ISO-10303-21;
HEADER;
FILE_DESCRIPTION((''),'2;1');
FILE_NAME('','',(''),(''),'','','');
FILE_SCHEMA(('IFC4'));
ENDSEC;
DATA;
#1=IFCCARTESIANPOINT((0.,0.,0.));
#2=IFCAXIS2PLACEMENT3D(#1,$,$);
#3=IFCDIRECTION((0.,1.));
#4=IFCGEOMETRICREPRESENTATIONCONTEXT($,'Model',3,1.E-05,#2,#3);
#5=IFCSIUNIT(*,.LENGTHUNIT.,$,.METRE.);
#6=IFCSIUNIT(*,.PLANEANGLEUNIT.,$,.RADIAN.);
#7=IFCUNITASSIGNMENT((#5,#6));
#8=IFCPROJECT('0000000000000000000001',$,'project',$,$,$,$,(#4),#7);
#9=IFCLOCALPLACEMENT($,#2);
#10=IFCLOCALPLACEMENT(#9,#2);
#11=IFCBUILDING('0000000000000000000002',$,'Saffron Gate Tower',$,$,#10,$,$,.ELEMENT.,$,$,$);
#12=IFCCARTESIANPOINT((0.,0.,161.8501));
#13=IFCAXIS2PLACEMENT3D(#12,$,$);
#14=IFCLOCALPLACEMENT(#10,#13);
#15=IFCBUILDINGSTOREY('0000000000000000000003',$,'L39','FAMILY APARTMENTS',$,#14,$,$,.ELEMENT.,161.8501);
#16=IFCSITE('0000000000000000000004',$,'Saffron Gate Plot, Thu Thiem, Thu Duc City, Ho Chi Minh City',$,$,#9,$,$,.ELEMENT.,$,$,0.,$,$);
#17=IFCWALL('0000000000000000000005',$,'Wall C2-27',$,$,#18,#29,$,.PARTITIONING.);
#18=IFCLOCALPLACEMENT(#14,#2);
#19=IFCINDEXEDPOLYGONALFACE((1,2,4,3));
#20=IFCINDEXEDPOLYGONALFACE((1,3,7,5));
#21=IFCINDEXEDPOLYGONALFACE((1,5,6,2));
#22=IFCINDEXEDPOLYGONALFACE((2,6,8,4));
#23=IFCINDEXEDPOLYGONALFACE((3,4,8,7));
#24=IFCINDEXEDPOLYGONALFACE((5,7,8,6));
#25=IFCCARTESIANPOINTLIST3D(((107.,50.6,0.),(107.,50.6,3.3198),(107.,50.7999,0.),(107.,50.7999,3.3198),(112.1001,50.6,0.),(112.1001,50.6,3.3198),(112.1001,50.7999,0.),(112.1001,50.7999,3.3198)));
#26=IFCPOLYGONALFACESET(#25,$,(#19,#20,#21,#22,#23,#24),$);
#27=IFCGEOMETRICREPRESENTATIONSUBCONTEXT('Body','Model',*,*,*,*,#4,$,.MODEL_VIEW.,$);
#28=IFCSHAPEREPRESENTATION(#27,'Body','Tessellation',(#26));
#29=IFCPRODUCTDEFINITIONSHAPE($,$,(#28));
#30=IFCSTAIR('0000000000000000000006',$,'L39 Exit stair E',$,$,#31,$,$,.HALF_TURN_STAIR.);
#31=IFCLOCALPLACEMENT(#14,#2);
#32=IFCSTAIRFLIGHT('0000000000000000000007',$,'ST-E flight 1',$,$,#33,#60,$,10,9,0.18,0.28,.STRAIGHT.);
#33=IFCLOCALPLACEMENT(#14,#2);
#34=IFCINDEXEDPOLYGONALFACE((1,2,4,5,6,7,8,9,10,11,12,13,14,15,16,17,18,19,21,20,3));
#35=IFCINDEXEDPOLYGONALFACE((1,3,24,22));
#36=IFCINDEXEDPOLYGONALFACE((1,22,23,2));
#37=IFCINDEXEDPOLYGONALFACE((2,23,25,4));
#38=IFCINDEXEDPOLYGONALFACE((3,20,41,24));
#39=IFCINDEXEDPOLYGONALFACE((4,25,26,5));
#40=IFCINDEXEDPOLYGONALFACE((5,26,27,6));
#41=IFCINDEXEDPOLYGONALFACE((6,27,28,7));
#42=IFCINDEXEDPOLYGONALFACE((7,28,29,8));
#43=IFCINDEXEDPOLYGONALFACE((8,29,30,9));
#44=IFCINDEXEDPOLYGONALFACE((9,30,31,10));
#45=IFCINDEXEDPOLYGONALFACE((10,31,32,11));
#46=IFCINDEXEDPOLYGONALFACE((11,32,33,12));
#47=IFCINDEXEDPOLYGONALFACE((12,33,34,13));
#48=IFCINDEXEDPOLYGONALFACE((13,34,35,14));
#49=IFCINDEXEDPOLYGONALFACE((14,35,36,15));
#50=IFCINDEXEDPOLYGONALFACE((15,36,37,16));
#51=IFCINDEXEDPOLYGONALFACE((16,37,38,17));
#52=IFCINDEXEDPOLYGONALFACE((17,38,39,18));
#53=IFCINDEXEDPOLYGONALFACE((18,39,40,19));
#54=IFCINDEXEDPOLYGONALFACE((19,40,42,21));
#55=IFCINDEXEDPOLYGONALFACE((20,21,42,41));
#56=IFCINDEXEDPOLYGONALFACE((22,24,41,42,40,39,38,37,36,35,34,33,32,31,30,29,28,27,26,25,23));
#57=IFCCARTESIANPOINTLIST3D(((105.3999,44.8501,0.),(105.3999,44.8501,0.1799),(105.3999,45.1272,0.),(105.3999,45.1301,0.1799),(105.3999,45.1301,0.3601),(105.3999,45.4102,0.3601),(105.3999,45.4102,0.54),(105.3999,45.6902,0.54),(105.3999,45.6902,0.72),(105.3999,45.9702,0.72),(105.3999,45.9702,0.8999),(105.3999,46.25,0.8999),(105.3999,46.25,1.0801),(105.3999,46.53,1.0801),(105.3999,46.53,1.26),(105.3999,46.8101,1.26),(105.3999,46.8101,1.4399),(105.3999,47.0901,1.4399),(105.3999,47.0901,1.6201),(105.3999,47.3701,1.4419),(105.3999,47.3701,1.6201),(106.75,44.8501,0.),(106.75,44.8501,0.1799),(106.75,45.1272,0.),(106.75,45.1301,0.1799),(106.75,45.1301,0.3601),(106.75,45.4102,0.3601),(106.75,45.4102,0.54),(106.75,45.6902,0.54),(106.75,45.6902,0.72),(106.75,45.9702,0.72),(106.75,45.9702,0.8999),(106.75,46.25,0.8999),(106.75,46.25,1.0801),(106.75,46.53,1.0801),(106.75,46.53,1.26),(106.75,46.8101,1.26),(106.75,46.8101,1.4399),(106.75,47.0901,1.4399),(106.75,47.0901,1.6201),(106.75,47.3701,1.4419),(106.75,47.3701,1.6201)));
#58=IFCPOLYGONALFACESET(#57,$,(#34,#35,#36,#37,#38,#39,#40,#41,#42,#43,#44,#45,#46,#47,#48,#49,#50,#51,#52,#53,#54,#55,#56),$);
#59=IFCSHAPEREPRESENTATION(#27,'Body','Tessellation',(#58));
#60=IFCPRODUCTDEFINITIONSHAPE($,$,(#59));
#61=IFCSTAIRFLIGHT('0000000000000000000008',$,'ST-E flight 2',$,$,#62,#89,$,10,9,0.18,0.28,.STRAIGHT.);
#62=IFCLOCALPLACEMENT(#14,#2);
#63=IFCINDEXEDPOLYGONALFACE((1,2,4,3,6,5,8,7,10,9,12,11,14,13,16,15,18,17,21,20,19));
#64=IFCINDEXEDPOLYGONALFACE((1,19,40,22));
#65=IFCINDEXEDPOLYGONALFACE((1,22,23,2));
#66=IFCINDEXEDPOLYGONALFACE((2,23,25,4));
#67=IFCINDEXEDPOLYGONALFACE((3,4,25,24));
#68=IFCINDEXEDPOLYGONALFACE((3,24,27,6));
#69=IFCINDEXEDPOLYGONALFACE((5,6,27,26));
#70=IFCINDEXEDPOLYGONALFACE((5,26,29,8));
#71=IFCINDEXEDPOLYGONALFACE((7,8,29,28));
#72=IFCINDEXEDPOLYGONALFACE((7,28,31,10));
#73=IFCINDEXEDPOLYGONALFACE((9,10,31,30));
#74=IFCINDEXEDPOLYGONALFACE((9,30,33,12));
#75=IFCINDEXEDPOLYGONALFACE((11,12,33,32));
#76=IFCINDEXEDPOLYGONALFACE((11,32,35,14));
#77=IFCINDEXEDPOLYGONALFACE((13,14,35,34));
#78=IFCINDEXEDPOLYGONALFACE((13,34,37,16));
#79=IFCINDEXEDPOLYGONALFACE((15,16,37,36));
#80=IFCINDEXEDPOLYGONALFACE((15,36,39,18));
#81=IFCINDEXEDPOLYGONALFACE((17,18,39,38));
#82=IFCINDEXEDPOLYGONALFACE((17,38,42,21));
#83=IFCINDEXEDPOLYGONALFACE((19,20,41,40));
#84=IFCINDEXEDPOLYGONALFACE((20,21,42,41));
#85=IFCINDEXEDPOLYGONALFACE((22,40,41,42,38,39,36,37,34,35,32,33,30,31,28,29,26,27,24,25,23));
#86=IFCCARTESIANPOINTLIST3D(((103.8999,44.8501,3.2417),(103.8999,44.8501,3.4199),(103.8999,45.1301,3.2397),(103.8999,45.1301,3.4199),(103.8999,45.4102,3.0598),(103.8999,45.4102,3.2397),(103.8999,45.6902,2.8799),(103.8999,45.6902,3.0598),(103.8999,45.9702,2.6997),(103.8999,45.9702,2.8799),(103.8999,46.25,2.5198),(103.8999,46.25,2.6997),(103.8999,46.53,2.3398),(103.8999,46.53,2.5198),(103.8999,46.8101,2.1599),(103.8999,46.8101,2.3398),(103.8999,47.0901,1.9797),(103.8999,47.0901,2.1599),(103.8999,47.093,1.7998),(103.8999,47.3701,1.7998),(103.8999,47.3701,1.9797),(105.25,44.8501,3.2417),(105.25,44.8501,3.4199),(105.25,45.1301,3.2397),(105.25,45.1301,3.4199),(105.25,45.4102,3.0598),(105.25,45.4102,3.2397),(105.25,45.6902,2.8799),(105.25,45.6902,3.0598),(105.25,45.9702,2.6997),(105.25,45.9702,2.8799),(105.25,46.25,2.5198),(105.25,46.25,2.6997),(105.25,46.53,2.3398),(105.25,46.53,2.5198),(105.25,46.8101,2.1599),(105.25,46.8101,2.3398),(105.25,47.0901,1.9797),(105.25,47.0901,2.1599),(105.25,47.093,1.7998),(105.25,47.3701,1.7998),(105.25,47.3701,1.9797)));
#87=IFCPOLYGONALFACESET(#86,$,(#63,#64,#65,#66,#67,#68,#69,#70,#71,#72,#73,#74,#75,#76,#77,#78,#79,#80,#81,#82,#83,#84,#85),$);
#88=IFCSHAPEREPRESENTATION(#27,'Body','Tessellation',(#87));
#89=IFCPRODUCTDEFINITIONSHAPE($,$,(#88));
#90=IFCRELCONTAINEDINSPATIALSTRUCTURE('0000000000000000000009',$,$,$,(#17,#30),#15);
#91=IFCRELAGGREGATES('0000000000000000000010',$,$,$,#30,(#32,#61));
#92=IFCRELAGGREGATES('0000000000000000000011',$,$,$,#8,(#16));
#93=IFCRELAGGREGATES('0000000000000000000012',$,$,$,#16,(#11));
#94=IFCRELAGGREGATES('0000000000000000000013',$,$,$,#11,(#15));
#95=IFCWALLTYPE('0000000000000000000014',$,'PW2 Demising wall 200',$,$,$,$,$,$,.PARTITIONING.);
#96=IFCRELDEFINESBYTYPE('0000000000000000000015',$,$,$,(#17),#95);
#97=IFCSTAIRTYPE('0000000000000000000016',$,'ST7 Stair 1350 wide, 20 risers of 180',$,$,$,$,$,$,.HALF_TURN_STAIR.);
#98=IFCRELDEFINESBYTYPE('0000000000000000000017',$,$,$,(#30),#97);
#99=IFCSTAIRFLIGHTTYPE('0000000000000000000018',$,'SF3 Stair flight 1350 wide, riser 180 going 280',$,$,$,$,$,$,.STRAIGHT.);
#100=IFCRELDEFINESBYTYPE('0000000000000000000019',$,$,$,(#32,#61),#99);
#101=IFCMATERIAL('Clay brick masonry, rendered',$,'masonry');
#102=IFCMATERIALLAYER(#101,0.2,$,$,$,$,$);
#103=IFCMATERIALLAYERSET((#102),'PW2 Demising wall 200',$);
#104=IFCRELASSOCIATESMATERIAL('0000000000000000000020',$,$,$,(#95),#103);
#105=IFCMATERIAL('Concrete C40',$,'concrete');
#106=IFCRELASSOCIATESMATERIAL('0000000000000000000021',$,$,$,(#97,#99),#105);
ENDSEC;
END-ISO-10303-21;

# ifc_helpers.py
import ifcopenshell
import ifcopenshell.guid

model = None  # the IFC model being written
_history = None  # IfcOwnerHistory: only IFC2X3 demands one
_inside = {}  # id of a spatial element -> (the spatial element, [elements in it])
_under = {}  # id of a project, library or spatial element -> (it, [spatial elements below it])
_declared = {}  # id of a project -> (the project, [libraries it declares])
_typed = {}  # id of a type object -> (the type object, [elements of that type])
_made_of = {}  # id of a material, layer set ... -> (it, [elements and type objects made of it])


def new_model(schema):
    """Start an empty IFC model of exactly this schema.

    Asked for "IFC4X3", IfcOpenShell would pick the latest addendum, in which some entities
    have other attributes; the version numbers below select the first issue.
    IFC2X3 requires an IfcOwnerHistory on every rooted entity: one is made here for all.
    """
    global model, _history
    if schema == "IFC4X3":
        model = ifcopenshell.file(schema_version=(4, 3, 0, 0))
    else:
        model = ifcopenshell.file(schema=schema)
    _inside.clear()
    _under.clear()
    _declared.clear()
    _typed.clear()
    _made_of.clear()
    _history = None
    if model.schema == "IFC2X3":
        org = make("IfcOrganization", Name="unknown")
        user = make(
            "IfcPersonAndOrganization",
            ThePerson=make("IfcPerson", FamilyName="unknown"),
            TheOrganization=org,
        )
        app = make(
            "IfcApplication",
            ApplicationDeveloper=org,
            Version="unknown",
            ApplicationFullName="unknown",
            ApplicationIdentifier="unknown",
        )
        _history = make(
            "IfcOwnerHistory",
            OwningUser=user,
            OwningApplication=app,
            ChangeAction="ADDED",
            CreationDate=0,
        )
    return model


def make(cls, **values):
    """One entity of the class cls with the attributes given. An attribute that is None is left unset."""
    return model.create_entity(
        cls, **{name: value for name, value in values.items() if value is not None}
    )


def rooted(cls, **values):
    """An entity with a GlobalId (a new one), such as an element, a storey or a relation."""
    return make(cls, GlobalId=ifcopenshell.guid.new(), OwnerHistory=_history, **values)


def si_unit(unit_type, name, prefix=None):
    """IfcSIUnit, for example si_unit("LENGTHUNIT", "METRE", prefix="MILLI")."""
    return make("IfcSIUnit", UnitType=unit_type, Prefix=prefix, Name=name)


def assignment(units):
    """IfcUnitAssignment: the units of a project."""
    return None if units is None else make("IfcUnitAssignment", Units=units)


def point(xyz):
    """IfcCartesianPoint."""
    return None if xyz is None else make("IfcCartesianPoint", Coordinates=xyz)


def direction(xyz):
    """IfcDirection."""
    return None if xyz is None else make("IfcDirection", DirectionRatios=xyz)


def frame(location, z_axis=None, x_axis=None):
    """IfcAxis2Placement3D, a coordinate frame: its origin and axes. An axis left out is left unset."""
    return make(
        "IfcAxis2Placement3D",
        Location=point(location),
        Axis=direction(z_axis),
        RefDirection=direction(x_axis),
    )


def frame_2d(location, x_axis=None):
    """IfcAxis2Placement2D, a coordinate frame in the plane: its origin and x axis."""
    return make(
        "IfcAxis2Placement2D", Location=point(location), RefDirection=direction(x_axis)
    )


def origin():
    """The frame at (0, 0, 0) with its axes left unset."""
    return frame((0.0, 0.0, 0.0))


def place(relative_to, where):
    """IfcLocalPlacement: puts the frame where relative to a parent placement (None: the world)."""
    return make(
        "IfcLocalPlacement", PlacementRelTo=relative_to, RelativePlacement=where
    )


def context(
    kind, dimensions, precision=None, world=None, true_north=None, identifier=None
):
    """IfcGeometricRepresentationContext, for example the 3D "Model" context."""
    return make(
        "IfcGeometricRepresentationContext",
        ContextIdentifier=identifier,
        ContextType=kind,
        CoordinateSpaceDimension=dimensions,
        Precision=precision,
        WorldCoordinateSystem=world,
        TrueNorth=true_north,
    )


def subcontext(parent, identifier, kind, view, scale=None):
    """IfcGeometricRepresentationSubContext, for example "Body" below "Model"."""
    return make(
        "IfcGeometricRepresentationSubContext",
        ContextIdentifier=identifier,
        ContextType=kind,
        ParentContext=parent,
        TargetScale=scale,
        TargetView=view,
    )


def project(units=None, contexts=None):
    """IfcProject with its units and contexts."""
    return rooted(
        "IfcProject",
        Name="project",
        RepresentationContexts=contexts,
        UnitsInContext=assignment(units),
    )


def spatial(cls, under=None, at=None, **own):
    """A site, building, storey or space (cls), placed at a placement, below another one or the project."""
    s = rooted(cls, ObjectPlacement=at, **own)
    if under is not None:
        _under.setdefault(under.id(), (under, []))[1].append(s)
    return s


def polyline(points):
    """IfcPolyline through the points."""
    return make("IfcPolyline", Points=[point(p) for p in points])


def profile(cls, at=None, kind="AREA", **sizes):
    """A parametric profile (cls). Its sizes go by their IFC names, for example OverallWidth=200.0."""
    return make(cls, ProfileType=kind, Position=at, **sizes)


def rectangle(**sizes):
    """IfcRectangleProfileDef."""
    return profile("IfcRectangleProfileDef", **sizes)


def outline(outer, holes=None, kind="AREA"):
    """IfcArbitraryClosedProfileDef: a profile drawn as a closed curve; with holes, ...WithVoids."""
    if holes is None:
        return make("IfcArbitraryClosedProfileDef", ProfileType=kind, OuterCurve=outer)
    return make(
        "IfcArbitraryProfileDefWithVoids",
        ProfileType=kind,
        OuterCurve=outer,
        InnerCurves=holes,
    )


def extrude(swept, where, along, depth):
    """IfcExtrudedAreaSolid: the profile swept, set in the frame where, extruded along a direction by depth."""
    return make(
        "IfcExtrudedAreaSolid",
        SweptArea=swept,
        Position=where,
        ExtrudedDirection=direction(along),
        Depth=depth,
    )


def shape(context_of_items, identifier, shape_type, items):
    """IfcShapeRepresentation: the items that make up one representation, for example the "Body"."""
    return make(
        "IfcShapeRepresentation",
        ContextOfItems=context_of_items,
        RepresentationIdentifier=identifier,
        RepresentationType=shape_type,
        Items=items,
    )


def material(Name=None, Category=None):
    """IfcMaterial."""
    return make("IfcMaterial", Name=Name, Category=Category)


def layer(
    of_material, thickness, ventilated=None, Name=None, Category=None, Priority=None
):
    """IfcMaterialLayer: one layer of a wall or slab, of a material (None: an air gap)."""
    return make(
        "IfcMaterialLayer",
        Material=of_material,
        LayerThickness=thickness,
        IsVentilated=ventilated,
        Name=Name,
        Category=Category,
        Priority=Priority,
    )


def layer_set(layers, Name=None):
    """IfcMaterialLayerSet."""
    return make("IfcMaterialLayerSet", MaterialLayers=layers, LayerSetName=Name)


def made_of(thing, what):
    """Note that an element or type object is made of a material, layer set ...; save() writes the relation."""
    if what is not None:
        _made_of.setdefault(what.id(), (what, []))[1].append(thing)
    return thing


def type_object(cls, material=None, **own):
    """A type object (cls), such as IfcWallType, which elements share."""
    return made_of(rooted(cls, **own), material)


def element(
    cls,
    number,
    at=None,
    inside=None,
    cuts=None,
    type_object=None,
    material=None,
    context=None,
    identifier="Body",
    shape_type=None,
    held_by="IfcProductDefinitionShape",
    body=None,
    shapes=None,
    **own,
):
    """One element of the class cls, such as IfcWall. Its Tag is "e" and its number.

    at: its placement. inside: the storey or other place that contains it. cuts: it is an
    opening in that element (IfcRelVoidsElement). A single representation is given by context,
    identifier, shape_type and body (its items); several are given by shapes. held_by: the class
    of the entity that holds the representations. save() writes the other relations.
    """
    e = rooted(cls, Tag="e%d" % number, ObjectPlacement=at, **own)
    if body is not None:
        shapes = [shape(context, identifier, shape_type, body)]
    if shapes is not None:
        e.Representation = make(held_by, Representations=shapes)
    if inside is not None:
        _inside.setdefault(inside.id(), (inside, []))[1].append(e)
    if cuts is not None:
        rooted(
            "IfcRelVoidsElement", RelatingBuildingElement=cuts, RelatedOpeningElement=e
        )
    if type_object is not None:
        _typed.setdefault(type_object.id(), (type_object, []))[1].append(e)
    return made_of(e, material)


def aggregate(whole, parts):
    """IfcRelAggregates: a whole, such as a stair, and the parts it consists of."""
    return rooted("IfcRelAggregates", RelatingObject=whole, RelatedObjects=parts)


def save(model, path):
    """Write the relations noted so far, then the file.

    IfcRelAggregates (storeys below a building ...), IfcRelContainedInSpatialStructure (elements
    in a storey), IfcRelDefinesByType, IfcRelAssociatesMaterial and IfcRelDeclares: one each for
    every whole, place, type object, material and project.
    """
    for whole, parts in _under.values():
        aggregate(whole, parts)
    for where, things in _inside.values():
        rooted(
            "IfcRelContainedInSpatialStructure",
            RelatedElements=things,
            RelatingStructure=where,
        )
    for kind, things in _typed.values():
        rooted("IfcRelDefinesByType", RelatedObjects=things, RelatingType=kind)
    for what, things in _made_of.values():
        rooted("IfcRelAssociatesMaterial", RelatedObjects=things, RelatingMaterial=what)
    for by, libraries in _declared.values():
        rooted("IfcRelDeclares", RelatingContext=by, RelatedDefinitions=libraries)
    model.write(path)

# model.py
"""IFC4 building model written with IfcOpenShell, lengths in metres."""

from ifc_helpers import new_model, si_unit, direction, frame, frame_2d, origin, place, context, subcontext, project, spatial, polyline, rectangle, outline, extrude, material, layer, layer_set, type_object, element, aggregate, save


model = new_model("IFC4")

# Units and contexts
model_context = context("Model", 3, precision=1e-05, world=origin(), true_north=direction((0.0, 1.0)))
body_context = subcontext(model_context, "Body", "Model", "MODEL_VIEW")
ifc_project = project(units=[si_unit("LENGTHUNIT", "METRE"), si_unit("PLANEANGLEUNIT", "RADIAN")], contexts=[model_context])

# Site, building, storey
site_placement = place(None, origin())
site = spatial("IfcSite", under=ifc_project, at=site_placement, Name="Saffron Gate Plot, Thu Thiem, Thu Duc City, Ho Chi Minh City", CompositionType="ELEMENT", RefElevation=0.0)
building_placement = place(site_placement, origin())
building = spatial("IfcBuilding", under=site, at=building_placement, Name="Saffron Gate Tower", CompositionType="ELEMENT")
storey_placement = place(building_placement, frame((0.0, 0.0, 161.8501)))
storey = spatial("IfcBuildingStorey", under=building, at=storey_placement, Name="L39", Description="FAMILY APARTMENTS", CompositionType="ELEMENT", Elevation=161.8501)

# Wall
ifc_material_1 = material(Name="Clay brick masonry, rendered", Category="masonry")
ifc_layer_1 = layer(ifc_material_1, 0.2)
ifc_layer_set_1 = layer_set([ifc_layer_1], Name="PW2 Demising wall 200")
wall_type_1 = type_object("IfcWallType", Name="PW2 Demising wall 200", PredefinedType="PARTITIONING", material=ifc_layer_set_1)
wall_1_placement = place(storey_placement, frame((107.0, 50.7, 0.0), z_axis=(0.0, 0.0, 1.0), x_axis=(1.0, 0.0, 0.0)))
element("IfcWall", 1, at=wall_1_placement, inside=storey, type_object=wall_type_1, Name="Wall C2-27", PredefinedType="PARTITIONING", context=body_context, shape_type="SweptSolid", body=[
    extrude(rectangle(XDim=5.1001, YDim=0.2, at=frame_2d((2.55, 0.0))), origin(), (0.0, 0.0, 1.0), 3.3198),
])

# Stair, stair flights
ifc_material_2 = material(Name="Concrete C40", Category="concrete")
stair_type = type_object("IfcStairType", Name="ST7 Stair 1350 wide, 20 risers of 180", PredefinedType="HALF_TURN_STAIR", material=ifc_material_2)
stair_placement = place(storey_placement, origin())
stair = element("IfcStair", 2, at=stair_placement, inside=storey, type_object=stair_type, Name="L39 Exit stair E", PredefinedType="HALF_TURN_STAIR")
stair_flight_type = type_object("IfcStairFlightType", Name="SF3 Stair flight 1350 wide, riser 180 going 280", PredefinedType="STRAIGHT", material=ifc_material_2)
stair_flight_1_placement = place(storey_placement, frame((106.075, 44.8501, 0.0), z_axis=(0.0, 0.0, 1.0), x_axis=(0.0, 1.0, 0.0)))
stair_flight_1 = element("IfcStairFlight", 3, at=stair_flight_1_placement, type_object=stair_flight_type, Name="ST-E flight 1", NumberOfRisers=10, NumberOfTreads=9, PredefinedType="STRAIGHT", RiserHeight=0.18, TreadLength=0.28, context=body_context, shape_type="SweptSolid", body=[
    extrude(outline(polyline([(0.0, 0.0), (0.0, 0.1799), (0.28, 0.1799), (0.28, 0.3601), (0.5601, 0.3601), (0.5601, 0.54), (0.8401, 0.54), (0.8401, 0.72), (1.1201, 0.72), (1.1201, 0.8999), (1.3999, 0.8999), (1.3999, 1.0801), (1.6799, 1.0801), (1.6799, 1.26), (1.96, 1.26), (1.96, 1.4399), (2.24, 1.4399), (2.24, 1.6201), (2.52, 1.6201), (2.52, 1.8), (2.52, 1.4419), (0.2771, 0.0), (0.0, 0.0)])), frame((0.0, 0.675, 0.0), z_axis=(0.0, -1.0, 0.0), x_axis=(1.0, 0.0, 0.0)), (0.0, 0.0, 1.0), 1.3501),
])
stair_flight_2_placement = place(storey_placement, frame((104.575, 47.3701, 1.7998), z_axis=(0.0, 0.0, 1.0), x_axis=(0.0, -1.0, 0.0)))
stair_flight_2 = element("IfcStairFlight", 4, at=stair_flight_2_placement, type_object=stair_flight_type, Name="ST-E flight 2", NumberOfRisers=10, NumberOfTreads=9, PredefinedType="STRAIGHT", RiserHeight=0.18, TreadLength=0.28, context=body_context, shape_type="SweptSolid", body=[
    extrude(outline(polyline([(0.0, 0.0), (0.0, 0.1799), (0.28, 0.1799), (0.28, 0.3601), (0.5601, 0.3601), (0.5601, 0.54), (0.8401, 0.54), (0.8401, 0.72), (1.1201, 0.72), (1.1201, 0.8999), (1.3999, 0.8999), (1.3999, 1.0801), (1.6799, 1.0801), (1.6799, 1.26), (1.96, 1.26), (1.96, 1.4399), (2.24, 1.4399), (2.24, 1.6201), (2.52, 1.6201), (2.52, 1.8), (2.52, 1.4419), (0.2771, 0.0), (0.0, 0.0)])), frame((0.0, 0.675, 0.0), z_axis=(0.0, -1.0, 0.0), x_axis=(1.0, 0.0, 0.0)), (0.0, 0.0, 1.0), 1.3501),
])
aggregate(stair, [stair_flight_1, stair_flight_2])

save(model, "model.ifc")
